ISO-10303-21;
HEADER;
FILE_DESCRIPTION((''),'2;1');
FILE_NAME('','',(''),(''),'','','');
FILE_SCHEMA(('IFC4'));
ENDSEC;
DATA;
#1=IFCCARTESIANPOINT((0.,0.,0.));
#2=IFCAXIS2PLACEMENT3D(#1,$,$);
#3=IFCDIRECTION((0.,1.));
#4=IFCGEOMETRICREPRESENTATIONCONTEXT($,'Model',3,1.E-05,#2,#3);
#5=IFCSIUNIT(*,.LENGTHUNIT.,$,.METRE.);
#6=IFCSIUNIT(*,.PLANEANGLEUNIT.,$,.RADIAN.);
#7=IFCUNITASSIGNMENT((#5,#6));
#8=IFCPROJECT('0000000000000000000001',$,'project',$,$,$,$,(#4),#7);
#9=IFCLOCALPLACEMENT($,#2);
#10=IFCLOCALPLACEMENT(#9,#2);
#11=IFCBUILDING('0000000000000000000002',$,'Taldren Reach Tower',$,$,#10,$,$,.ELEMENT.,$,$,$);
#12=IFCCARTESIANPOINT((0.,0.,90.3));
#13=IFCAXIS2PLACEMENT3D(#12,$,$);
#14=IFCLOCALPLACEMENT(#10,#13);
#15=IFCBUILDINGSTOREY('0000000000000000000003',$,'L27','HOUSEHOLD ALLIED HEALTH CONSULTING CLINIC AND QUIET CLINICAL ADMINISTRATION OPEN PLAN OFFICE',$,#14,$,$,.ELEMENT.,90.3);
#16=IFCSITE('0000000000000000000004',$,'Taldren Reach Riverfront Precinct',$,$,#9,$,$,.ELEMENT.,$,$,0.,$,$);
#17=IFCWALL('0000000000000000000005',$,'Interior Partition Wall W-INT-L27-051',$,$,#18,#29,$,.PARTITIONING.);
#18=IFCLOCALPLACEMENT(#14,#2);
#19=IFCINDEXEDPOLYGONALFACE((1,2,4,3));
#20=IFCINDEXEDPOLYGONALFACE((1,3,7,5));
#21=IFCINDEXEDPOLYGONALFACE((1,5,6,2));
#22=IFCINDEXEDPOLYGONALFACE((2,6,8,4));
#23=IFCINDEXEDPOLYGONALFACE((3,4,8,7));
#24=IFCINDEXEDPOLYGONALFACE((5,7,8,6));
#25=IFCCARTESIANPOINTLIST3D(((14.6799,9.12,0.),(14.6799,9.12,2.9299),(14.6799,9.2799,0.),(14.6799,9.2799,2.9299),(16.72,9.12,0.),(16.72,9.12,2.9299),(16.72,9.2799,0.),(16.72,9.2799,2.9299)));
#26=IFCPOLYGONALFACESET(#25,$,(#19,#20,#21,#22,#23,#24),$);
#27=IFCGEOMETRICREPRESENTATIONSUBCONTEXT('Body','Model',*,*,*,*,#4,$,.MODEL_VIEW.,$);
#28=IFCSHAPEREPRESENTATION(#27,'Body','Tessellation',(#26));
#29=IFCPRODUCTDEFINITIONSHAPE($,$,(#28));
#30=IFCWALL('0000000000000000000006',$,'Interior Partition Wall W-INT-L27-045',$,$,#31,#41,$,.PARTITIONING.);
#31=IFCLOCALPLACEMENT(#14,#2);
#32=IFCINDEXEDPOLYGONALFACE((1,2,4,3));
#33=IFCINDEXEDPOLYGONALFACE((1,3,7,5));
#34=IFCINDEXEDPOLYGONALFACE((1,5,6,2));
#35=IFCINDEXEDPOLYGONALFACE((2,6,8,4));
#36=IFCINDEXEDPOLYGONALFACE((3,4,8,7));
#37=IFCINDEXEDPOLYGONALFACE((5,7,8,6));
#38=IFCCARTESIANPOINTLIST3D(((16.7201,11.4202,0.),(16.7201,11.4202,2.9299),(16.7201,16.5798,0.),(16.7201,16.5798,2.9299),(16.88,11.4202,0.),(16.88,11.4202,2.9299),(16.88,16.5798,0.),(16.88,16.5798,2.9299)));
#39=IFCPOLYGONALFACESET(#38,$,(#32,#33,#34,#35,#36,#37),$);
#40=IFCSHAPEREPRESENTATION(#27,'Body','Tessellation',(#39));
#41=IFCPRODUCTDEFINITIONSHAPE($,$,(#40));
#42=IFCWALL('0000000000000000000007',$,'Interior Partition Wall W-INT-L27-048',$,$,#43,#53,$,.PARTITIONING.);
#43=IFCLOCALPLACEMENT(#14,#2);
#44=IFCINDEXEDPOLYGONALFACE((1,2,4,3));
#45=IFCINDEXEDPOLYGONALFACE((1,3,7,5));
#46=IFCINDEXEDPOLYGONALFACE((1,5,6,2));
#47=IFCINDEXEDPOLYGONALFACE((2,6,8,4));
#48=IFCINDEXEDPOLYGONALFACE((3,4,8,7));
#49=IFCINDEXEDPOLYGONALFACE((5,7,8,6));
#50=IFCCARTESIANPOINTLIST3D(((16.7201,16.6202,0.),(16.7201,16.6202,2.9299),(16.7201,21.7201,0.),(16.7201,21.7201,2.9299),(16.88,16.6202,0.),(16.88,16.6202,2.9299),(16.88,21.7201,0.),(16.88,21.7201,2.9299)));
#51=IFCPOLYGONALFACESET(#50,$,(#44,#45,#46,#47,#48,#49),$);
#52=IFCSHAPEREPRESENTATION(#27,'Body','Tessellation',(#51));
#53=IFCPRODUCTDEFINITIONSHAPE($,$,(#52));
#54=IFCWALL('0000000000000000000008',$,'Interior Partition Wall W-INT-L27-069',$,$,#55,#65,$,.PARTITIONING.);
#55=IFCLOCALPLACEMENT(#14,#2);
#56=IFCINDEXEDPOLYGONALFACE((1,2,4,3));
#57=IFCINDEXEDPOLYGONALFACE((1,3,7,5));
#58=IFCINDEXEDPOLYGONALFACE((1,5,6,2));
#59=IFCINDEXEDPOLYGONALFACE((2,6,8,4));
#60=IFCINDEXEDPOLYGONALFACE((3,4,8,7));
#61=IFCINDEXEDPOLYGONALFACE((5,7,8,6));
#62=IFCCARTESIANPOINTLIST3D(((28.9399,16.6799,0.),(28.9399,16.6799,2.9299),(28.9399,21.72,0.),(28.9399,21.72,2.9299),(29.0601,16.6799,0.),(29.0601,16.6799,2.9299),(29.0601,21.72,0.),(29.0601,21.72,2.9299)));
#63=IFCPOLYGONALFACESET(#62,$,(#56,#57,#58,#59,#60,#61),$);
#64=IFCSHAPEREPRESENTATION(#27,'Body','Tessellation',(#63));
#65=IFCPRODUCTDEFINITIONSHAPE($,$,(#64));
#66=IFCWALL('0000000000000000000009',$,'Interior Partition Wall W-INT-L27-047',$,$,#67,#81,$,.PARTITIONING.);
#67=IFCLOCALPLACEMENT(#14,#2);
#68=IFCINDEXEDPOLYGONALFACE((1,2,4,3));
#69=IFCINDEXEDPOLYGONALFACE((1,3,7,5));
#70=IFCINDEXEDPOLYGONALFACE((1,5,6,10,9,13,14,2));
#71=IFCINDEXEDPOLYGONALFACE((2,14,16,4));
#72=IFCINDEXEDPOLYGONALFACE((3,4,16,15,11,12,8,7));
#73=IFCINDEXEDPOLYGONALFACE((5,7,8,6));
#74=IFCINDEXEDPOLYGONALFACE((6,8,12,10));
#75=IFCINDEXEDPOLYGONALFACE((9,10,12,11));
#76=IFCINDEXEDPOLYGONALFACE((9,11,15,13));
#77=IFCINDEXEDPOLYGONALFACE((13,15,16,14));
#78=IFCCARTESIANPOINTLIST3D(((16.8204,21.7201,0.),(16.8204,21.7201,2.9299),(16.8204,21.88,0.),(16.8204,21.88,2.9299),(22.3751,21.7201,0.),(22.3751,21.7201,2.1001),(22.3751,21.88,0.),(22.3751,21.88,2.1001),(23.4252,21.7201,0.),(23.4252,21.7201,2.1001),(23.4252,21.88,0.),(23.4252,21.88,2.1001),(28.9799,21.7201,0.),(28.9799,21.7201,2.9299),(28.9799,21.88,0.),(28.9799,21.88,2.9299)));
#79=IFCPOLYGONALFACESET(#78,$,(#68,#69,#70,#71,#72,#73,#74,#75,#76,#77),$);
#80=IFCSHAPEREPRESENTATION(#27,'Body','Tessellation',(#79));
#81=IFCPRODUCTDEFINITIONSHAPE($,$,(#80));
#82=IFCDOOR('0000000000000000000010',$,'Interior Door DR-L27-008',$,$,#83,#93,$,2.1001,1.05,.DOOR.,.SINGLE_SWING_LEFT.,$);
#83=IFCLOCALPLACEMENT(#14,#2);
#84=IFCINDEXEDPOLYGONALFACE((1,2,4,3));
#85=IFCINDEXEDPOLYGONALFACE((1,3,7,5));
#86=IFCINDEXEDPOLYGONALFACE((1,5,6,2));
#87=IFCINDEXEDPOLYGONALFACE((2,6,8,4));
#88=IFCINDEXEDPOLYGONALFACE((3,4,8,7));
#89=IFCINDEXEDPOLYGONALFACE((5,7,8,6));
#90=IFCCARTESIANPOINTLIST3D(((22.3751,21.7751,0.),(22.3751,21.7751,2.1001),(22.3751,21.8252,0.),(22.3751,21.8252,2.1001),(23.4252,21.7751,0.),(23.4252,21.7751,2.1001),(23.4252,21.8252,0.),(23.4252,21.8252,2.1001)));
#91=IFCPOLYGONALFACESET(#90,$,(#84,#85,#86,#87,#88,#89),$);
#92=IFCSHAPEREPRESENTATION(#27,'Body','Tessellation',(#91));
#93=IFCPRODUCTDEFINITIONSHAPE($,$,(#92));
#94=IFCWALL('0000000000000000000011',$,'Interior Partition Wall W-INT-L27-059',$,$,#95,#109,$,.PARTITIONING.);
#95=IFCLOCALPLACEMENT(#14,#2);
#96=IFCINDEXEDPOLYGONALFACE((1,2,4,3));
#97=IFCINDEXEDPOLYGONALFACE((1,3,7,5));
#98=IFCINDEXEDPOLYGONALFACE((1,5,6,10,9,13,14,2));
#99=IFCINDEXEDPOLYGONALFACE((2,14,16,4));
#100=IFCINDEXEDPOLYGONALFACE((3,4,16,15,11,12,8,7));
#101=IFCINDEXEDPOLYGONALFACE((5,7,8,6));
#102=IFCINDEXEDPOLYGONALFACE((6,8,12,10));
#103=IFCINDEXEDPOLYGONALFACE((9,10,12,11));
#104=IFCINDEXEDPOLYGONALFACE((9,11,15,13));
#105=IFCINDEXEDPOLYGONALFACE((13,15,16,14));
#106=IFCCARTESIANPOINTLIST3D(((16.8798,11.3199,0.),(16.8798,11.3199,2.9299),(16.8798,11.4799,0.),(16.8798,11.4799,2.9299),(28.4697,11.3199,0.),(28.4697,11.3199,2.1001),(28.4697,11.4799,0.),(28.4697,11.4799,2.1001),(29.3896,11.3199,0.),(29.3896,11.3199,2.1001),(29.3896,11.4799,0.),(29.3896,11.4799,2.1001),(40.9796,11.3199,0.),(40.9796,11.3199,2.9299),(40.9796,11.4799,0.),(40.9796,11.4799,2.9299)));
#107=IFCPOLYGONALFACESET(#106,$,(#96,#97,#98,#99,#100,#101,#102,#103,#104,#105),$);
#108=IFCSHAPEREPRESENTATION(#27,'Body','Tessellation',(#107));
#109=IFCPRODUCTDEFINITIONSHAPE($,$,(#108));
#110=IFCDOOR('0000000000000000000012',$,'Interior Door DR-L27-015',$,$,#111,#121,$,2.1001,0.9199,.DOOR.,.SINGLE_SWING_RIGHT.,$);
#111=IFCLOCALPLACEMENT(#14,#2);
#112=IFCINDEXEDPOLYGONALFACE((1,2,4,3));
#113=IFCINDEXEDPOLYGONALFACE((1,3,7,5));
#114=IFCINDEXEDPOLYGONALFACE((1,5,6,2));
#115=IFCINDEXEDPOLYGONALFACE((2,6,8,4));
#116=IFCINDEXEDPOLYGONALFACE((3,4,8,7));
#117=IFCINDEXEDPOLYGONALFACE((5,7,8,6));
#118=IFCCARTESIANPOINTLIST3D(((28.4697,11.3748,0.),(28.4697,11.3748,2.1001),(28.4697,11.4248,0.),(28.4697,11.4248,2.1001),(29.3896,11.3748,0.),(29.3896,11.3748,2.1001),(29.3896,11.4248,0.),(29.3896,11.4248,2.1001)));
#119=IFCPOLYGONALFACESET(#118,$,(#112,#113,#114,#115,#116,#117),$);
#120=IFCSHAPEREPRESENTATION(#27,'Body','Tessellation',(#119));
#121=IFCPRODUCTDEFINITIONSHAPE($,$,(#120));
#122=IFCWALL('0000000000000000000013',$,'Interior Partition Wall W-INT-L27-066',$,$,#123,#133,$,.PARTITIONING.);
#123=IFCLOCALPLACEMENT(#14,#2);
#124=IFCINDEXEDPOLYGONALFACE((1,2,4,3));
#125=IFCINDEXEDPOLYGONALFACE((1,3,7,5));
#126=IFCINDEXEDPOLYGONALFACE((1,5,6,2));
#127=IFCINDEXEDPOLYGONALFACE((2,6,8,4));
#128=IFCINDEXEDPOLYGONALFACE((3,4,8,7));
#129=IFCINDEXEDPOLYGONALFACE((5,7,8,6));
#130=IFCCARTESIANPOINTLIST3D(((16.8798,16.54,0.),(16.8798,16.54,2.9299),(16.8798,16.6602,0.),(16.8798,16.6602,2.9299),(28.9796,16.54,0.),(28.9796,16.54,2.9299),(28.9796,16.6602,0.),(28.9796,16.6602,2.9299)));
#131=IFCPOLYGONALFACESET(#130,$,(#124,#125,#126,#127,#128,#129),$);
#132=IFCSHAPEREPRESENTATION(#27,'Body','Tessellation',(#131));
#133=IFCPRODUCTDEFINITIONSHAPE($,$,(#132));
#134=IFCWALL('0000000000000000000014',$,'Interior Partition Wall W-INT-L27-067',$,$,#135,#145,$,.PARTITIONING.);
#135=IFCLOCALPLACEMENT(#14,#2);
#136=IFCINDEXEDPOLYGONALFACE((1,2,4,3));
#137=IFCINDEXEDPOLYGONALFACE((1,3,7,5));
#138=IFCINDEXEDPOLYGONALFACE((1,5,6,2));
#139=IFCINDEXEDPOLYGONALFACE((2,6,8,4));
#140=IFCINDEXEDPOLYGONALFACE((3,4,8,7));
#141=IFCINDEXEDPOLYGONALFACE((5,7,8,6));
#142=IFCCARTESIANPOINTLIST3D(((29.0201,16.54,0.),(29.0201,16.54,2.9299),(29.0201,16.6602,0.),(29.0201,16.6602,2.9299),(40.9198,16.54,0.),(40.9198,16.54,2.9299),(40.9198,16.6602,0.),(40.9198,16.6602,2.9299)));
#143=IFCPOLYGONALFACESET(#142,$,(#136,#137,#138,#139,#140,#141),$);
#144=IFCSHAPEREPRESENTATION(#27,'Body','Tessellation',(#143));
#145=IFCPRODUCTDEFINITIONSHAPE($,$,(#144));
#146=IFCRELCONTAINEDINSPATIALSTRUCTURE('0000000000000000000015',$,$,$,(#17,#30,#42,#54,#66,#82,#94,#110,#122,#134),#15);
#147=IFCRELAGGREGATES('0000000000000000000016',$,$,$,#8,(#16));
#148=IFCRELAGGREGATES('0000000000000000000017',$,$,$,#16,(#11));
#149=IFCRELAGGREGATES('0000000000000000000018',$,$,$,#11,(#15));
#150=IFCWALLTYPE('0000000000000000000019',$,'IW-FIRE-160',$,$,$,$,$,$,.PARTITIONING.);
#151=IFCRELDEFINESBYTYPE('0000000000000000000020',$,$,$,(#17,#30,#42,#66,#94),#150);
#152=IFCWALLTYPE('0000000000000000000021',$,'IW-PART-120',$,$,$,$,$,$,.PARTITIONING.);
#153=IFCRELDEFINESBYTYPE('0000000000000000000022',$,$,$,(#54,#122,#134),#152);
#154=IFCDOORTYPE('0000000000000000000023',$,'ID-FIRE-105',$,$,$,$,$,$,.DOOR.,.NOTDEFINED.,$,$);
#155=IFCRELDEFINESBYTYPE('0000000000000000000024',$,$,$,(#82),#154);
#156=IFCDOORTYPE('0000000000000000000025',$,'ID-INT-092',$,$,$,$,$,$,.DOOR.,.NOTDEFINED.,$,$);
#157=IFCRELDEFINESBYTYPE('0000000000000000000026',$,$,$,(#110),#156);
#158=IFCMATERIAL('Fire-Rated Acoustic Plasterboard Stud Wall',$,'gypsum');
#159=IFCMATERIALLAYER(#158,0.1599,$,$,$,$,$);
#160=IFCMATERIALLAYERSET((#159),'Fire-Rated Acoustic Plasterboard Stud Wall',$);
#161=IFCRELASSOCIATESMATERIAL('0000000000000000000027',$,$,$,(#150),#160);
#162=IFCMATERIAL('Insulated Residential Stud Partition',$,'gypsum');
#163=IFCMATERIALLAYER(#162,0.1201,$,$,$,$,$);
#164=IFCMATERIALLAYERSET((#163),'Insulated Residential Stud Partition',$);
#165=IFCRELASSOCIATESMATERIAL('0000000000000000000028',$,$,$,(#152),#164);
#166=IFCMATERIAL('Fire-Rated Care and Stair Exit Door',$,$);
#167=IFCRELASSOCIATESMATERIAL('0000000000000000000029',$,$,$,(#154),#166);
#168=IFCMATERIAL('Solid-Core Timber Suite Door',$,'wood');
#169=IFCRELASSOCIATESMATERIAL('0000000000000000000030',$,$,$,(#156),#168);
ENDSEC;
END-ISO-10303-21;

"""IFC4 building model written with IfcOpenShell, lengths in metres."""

from ifc_helpers import new_model, si_unit, direction, frame, frame_2d, origin, place, context, subcontext, project, spatial, rectangle, extrude, source, transform, mapped, material, layer, layer_set, type_object, element, fill, save


model = new_model("IFC4")

# Units and contexts
model_context = context("Model", 3, precision=1e-05, world=origin(), true_north=direction((0.0, 1.0)))
body_context = subcontext(model_context, "Body", "Model", "MODEL_VIEW")
ifc_project = project(units=[si_unit("LENGTHUNIT", "METRE"), si_unit("PLANEANGLEUNIT", "RADIAN")], contexts=[model_context])

# Site, building, storey
site_placement = place(None, origin())
site = spatial("IfcSite", under=ifc_project, at=site_placement, Name="Taldren Reach Riverfront Precinct", CompositionType="ELEMENT", RefElevation=0.0)
building_placement = place(site_placement, origin())
building = spatial("IfcBuilding", under=site, at=building_placement, Name="Taldren Reach Tower", CompositionType="ELEMENT")
storey_placement = place(building_placement, frame((0.0, 0.0, 90.3)))
storey = spatial("IfcBuildingStorey", under=building, at=storey_placement, Name="L27", Description="HOUSEHOLD ALLIED HEALTH CONSULTING CLINIC AND QUIET CLINICAL ADMINISTRATION OPEN PLAN OFFICE", CompositionType="ELEMENT", Elevation=90.3)

# Walls
ifc_material_1 = material(Name="Fire-Rated Acoustic Plasterboard Stud Wall", Category="gypsum")
ifc_layer_1 = layer(ifc_material_1, 0.1599)
ifc_layer_set_1 = layer_set([ifc_layer_1], Name="Fire-Rated Acoustic Plasterboard Stud Wall")
wall_type_1 = type_object("IfcWallType", Name="IW-FIRE-160", PredefinedType="PARTITIONING", material=ifc_layer_set_1)
shared_shape_1 = source(origin(), body_context, "Body", "SweptSolid", [
    extrude(rectangle(XDim=2.04, YDim=0.1599, at=frame_2d((1.02, 0.0))), origin(), (0.0, 0.0, 1.0), 2.9299),
])
wall_1_placement = place(storey_placement, frame((16.72, 9.2, 0.0), z_axis=(0.0, 0.0, 1.0), x_axis=(-1.0, 0.0, 0.0)))
element("IfcWall", 1, at=wall_1_placement, inside=storey, type_object=wall_type_1, Name="Interior Partition Wall W-INT-L27-051", PredefinedType="PARTITIONING", context=body_context, shape_type="MappedRepresentation", body=[
    mapped(shared_shape_1, transform((0.0, 0.0, 0.0), scale=1.0)),
])
shared_shape_2 = source(origin(), body_context, "Body", "SweptSolid", [
    extrude(rectangle(XDim=5.1597, YDim=0.1599, at=frame_2d((2.5798, 0.0))), origin(), (0.0, 0.0, 1.0), 2.9299),
])
wall_2_placement = place(storey_placement, frame((16.8, 16.5798, 0.0), z_axis=(0.0, 0.0, 1.0), x_axis=(0.0, -1.0, 0.0)))
element("IfcWall", 2, at=wall_2_placement, inside=storey, type_object=wall_type_1, Name="Interior Partition Wall W-INT-L27-045", PredefinedType="PARTITIONING", context=body_context, shape_type="MappedRepresentation", body=[
    mapped(shared_shape_2, transform((0.0, 0.0, 0.0), scale=1.0)),
])
shared_shape_3 = source(origin(), body_context, "Body", "SweptSolid", [
    extrude(rectangle(XDim=5.0999, YDim=0.1599, at=frame_2d((2.5498, 0.0))), origin(), (0.0, 0.0, 1.0), 2.9299),
])
wall_3_placement = place(storey_placement, frame((16.8, 21.72, 0.0), z_axis=(0.0, 0.0, 1.0), x_axis=(0.0, -1.0, 0.0)))
element("IfcWall", 3, at=wall_3_placement, inside=storey, type_object=wall_type_1, Name="Interior Partition Wall W-INT-L27-048", PredefinedType="PARTITIONING", context=body_context, shape_type="MappedRepresentation", body=[
    mapped(shared_shape_3, transform((0.0, 0.0, 0.0), scale=1.0)),
])
ifc_material_2 = material(Name="Insulated Residential Stud Partition", Category="gypsum")
ifc_layer_2 = layer(ifc_material_2, 0.1201)
ifc_layer_set_2 = layer_set([ifc_layer_2], Name="Insulated Residential Stud Partition")
wall_type_2 = type_object("IfcWallType", Name="IW-PART-120", PredefinedType="PARTITIONING", material=ifc_layer_set_2)
shared_shape_4 = source(origin(), body_context, "Body", "SweptSolid", [
    extrude(rectangle(XDim=5.04, YDim=0.1201, at=frame_2d((2.52, 0.0))), origin(), (0.0, 0.0, 1.0), 2.9299),
])
wall_4_placement = place(storey_placement, frame((29.0, 21.72, 0.0), z_axis=(0.0, 0.0, 1.0), x_axis=(0.0, -1.0, 0.0)))
element("IfcWall", 4, at=wall_4_placement, inside=storey, type_object=wall_type_2, Name="Interior Partition Wall W-INT-L27-069", PredefinedType="PARTITIONING", context=body_context, shape_type="MappedRepresentation", body=[
    mapped(shared_shape_4, transform((0.0, 0.0, 0.0), scale=1.0)),
])

# Walls, openings, doors
shared_shape_5 = source(origin(), body_context, "Body", "SweptSolid", [
    extrude(rectangle(XDim=12.1594, YDim=0.1599, at=frame_2d((6.0796, 0.0))), origin(), (0.0, 0.0, 1.0), 2.9299),
])
wall_5_placement = place(storey_placement, frame((28.9797, 21.8, 0.0), z_axis=(0.0, 0.0, 1.0), x_axis=(-1.0, 0.0, 0.0)))
wall_5 = element("IfcWall", 5, at=wall_5_placement, inside=storey, type_object=wall_type_1, Name="Interior Partition Wall W-INT-L27-047", PredefinedType="PARTITIONING", context=body_context, shape_type="MappedRepresentation", body=[
    mapped(shared_shape_5, transform((0.0, 0.0, 0.0), scale=1.0)),
])
shared_shape_6 = source(origin(), body_context, "Body", "SweptSolid", [
    extrude(rectangle(XDim=1.05, YDim=2.1001, at=frame_2d((0.5249, 1.05))), frame((0.0, 0.0898, 0.0), z_axis=(0.0, -1.0, 0.0), x_axis=(1.0, 0.0, 0.0)), (0.0, 0.0, 1.0), 0.1799),
])
opening_1_placement = place(wall_5_placement, frame((5.5547, 0.0, 0.0)))
opening_1 = element("IfcOpeningElement", 6, at=opening_1_placement, cuts=wall_5, PredefinedType="OPENING", context=body_context, shape_type="MappedRepresentation", body=[
    mapped(shared_shape_6, transform((0.0, 0.0, 0.0), scale=1.0)),
])
ifc_material_3 = material(Name="Fire-Rated Care and Stair Exit Door")
door_type_1 = type_object("IfcDoorType", Name="ID-FIRE-105", OperationType="NOTDEFINED", PredefinedType="DOOR", material=ifc_material_3)
shared_shape_7 = source(origin(), body_context, "Body", "SweptSolid", [
    extrude(rectangle(XDim=1.05, YDim=2.1001, at=frame_2d((0.5249, 1.05))), frame((0.0, 0.0249, 0.0), z_axis=(0.0, -1.0, 0.0), x_axis=(1.0, 0.0, 0.0)), (0.0, 0.0, 1.0), 0.05),
])
door_1_placement = place(opening_1_placement, origin())
door_1 = element("IfcDoor", 7, at=door_1_placement, inside=storey, type_object=door_type_1, Name="Interior Door DR-L27-008", OperationType="SINGLE_SWING_LEFT", OverallHeight=2.1001, OverallWidth=1.05, PredefinedType="DOOR", context=body_context, shape_type="MappedRepresentation", body=[
    mapped(shared_shape_7, transform((0.0, 0.0, 0.0), scale=1.0)),
])
fill(opening_1, door_1)
shared_shape_8 = source(origin(), body_context, "Body", "SweptSolid", [
    extrude(rectangle(XDim=24.0999, YDim=0.1599, at=frame_2d((12.0498, 0.0))), origin(), (0.0, 0.0, 1.0), 2.9299),
])
wall_6_placement = place(storey_placement, frame((16.8799, 11.3999, 0.0), z_axis=(0.0, 0.0, 1.0), x_axis=(1.0, 0.0, 0.0)))
wall_6 = element("IfcWall", 8, at=wall_6_placement, inside=storey, type_object=wall_type_1, Name="Interior Partition Wall W-INT-L27-059", PredefinedType="PARTITIONING", context=body_context, shape_type="MappedRepresentation", body=[
    mapped(shared_shape_8, transform((0.0, 0.0, 0.0), scale=1.0)),
])
shared_shape_9 = source(origin(), body_context, "Body", "SweptSolid", [
    extrude(rectangle(XDim=0.9199, YDim=2.1001, at=frame_2d((0.46, 1.05))), frame((0.0, 0.0898, 0.0), z_axis=(0.0, -1.0, 0.0), x_axis=(1.0, 0.0, 0.0)), (0.0, 0.0, 1.0), 0.1799),
])
opening_2_placement = place(wall_6_placement, frame((11.5898, 0.0, 0.0)))
opening_2 = element("IfcOpeningElement", 9, at=opening_2_placement, cuts=wall_6, PredefinedType="OPENING", context=body_context, shape_type="MappedRepresentation", body=[
    mapped(shared_shape_9, transform((0.0, 0.0, 0.0), scale=1.0)),
])
ifc_material_4 = material(Name="Solid-Core Timber Suite Door", Category="wood")
door_type_2 = type_object("IfcDoorType", Name="ID-INT-092", OperationType="NOTDEFINED", PredefinedType="DOOR", material=ifc_material_4)
shared_shape_10 = source(origin(), body_context, "Body", "SweptSolid", [
    extrude(rectangle(XDim=0.9199, YDim=2.1001, at=frame_2d((0.46, 1.05))), frame((0.0, 0.0249, 0.0), z_axis=(0.0, -1.0, 0.0), x_axis=(1.0, 0.0, 0.0)), (0.0, 0.0, 1.0), 0.05),
])
door_2_placement = place(opening_2_placement, origin())
door_2 = element("IfcDoor", 10, at=door_2_placement, inside=storey, type_object=door_type_2, Name="Interior Door DR-L27-015", OperationType="SINGLE_SWING_RIGHT", OverallHeight=2.1001, OverallWidth=0.9199, PredefinedType="DOOR", context=body_context, shape_type="MappedRepresentation", body=[
    mapped(shared_shape_10, transform((0.0, 0.0, 0.0), scale=1.0)),
])
fill(opening_2, door_2)

# Walls
shared_shape_11 = source(origin(), body_context, "Body", "SweptSolid", [
    extrude(rectangle(XDim=12.0999, YDim=0.1201, at=frame_2d((6.0498, 0.0))), origin(), (0.0, 0.0, 1.0), 2.9299),
])
wall_7_placement = place(storey_placement, frame((16.8799, 16.6001, 0.0), z_axis=(0.0, 0.0, 1.0), x_axis=(1.0, 0.0, 0.0)))
element("IfcWall", 11, at=wall_7_placement, inside=storey, type_object=wall_type_2, Name="Interior Partition Wall W-INT-L27-066", PredefinedType="PARTITIONING", context=body_context, shape_type="MappedRepresentation", body=[
    mapped(shared_shape_11, transform((0.0, 0.0, 0.0), scale=1.0)),
])
shared_shape_12 = source(origin(), body_context, "Body", "SweptSolid", [
    extrude(rectangle(XDim=11.8997, YDim=0.1201, at=frame_2d((5.9497, 0.0))), origin(), (0.0, 0.0, 1.0), 2.9299),
])
wall_8_placement = place(storey_placement, frame((29.0203, 16.6001, 0.0), z_axis=(0.0, 0.0, 1.0), x_axis=(1.0, 0.0, 0.0)))
element("IfcWall", 12, at=wall_8_placement, inside=storey, type_object=wall_type_2, Name="Interior Partition Wall W-INT-L27-067", PredefinedType="PARTITIONING", context=body_context, shape_type="MappedRepresentation", body=[
    mapped(shared_shape_12, transform((0.0, 0.0, 0.0), scale=1.0)),
])

save(model, "model.ifc")
